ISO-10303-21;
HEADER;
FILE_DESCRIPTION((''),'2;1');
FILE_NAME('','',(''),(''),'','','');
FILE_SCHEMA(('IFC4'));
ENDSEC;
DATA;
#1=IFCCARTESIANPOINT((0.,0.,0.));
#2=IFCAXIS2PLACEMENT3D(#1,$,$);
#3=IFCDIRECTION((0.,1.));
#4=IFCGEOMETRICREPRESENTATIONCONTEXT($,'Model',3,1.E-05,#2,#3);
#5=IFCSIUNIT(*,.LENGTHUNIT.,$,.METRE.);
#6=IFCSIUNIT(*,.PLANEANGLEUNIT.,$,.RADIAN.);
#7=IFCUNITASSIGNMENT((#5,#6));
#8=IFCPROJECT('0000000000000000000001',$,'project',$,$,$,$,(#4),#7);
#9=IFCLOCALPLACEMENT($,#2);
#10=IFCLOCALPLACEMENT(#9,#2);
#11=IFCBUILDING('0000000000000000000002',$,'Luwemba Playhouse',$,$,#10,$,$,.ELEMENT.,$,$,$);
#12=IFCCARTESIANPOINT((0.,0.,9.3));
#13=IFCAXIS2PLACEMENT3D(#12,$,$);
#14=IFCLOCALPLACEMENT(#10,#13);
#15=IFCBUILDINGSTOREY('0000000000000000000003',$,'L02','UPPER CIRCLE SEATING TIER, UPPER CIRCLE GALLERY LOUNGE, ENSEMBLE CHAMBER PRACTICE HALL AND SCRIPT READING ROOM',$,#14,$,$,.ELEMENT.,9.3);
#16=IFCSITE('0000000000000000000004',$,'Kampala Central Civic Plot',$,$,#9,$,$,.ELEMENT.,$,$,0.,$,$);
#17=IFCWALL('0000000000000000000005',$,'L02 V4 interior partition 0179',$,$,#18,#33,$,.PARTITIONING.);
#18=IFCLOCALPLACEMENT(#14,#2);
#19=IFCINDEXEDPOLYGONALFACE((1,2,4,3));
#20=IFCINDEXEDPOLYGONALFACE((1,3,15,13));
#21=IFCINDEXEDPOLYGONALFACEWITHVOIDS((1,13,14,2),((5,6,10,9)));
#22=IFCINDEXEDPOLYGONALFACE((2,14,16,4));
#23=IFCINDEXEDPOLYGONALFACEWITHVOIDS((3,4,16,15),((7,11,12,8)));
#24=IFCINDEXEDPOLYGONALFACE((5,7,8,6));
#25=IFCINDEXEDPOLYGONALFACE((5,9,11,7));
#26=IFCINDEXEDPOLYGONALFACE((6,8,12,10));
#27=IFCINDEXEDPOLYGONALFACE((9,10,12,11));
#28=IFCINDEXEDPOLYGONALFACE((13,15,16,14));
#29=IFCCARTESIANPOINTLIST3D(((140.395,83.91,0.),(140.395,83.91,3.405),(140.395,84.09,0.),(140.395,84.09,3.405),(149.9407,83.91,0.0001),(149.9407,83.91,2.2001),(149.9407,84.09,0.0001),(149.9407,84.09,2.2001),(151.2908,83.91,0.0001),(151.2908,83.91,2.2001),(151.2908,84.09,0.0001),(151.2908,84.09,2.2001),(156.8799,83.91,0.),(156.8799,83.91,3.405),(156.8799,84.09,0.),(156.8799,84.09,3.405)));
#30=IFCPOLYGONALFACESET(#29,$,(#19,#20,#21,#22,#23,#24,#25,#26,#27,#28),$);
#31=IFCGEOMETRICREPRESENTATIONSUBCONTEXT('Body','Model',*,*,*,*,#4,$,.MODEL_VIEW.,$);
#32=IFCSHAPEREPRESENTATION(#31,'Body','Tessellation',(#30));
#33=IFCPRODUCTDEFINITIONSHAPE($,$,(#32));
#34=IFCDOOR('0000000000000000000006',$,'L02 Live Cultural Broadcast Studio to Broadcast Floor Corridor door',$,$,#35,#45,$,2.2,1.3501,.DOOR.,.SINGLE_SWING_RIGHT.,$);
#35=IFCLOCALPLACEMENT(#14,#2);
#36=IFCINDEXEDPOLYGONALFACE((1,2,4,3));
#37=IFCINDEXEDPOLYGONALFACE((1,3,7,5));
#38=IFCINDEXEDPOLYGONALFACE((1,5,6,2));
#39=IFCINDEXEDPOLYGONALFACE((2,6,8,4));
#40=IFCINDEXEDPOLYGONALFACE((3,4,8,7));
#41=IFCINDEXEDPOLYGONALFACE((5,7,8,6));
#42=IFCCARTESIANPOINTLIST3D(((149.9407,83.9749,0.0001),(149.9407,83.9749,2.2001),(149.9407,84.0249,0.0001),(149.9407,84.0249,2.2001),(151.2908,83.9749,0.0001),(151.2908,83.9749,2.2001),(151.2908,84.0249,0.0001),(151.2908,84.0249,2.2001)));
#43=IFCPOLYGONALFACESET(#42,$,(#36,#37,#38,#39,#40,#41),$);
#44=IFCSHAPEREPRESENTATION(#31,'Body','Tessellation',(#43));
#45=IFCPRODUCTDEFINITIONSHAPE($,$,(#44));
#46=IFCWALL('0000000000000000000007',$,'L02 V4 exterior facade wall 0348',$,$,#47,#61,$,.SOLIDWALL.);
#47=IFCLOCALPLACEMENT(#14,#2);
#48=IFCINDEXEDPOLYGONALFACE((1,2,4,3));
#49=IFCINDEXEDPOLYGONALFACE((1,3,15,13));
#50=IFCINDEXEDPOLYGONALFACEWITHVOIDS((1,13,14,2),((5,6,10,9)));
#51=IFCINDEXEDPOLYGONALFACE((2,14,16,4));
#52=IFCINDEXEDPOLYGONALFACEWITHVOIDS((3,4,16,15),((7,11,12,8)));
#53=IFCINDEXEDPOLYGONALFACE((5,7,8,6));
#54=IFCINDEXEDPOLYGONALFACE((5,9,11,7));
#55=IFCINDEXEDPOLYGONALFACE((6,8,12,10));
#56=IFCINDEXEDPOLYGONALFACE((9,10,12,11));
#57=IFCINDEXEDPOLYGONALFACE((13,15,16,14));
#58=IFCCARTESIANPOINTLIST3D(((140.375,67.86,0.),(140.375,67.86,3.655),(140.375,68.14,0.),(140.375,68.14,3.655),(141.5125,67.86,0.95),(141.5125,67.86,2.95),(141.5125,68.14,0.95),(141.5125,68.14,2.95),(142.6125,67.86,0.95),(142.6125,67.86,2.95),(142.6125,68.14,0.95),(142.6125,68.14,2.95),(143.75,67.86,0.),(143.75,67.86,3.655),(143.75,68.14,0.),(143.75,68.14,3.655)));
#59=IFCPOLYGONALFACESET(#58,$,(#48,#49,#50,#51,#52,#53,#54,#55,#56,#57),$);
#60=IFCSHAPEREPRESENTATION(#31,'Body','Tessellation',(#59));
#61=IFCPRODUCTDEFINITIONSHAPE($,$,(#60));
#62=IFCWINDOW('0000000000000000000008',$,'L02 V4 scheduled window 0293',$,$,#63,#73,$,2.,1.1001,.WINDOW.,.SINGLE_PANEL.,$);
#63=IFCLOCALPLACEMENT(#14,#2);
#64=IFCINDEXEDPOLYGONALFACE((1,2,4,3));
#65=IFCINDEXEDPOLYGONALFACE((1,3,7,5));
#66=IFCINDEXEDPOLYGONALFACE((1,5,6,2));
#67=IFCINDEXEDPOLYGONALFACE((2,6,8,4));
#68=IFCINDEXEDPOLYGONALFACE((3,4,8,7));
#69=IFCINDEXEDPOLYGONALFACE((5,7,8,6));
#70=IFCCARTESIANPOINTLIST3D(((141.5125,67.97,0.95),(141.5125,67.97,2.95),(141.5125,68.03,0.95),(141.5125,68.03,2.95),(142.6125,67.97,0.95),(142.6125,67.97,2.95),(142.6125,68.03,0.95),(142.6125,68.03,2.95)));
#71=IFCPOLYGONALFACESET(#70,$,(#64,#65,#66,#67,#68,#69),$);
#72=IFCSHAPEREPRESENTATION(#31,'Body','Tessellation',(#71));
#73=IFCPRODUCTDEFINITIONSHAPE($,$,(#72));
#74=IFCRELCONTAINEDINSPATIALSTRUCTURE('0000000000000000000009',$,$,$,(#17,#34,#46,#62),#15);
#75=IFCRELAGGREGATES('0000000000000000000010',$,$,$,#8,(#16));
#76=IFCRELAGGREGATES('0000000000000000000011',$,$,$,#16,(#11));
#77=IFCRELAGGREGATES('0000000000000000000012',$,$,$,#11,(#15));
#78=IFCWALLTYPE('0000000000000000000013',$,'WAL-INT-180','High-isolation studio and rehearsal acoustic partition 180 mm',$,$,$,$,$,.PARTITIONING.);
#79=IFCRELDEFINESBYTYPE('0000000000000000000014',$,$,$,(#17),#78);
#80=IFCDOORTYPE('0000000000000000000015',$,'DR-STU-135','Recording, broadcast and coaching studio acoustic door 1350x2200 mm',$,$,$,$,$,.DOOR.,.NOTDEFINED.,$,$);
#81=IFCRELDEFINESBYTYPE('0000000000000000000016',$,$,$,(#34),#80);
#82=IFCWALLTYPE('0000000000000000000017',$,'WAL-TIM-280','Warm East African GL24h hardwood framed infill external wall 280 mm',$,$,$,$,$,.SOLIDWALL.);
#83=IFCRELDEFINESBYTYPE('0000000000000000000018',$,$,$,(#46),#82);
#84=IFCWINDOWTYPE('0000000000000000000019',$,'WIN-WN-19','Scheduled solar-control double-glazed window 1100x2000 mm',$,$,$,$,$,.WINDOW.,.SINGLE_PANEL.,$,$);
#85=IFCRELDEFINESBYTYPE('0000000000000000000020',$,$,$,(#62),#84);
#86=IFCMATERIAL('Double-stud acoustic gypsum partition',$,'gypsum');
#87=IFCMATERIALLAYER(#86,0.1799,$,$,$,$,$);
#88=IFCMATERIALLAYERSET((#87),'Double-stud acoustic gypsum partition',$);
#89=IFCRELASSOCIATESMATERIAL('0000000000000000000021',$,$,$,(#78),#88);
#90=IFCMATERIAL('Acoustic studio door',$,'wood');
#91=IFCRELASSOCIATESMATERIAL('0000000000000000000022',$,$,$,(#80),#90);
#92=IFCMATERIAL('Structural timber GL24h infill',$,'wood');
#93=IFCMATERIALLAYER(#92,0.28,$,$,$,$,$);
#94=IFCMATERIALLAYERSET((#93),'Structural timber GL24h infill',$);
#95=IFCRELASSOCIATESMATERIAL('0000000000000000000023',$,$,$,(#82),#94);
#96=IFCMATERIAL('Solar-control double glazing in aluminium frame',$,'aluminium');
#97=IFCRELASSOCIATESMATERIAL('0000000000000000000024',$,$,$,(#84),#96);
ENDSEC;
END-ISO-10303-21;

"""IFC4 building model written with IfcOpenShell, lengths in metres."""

from ifc_helpers import new_model, si_unit, direction, frame, frame_2d, origin, place, context, subcontext, project, spatial, rectangle, extrude, material, layer, layer_set, type_object, element, fill, save


model = new_model("IFC4")

# Units and contexts
model_context = context("Model", 3, precision=1e-05, world=origin(), true_north=direction((0.0, 1.0)))
body_context = subcontext(model_context, "Body", "Model", "MODEL_VIEW")
ifc_project = project(units=[si_unit("LENGTHUNIT", "METRE"), si_unit("PLANEANGLEUNIT", "RADIAN")], contexts=[model_context])

# Site, building, storey
site_placement = place(None, origin())
site = spatial("IfcSite", under=ifc_project, at=site_placement, Name="Kampala Central Civic Plot", CompositionType="ELEMENT", RefElevation=0.0)
building_placement = place(site_placement, origin())
building = spatial("IfcBuilding", under=site, at=building_placement, Name="Luwemba Playhouse", CompositionType="ELEMENT")
storey_placement = place(building_placement, frame((0.0, 0.0, 9.3)))
storey = spatial("IfcBuildingStorey", under=building, at=storey_placement, Name="L02", Description="UPPER CIRCLE SEATING TIER, UPPER CIRCLE GALLERY LOUNGE, ENSEMBLE CHAMBER PRACTICE HALL AND SCRIPT READING ROOM", CompositionType="ELEMENT", Elevation=9.3)

# Shared definitions
ifc_material_1 = material(Name="Solar-control double glazing in aluminium frame", Category="aluminium")

# Wall, opening, door
ifc_material_2 = material(Name="Double-stud acoustic gypsum partition", Category="gypsum")
ifc_layer_1 = layer(ifc_material_2, 0.1799)
ifc_layer_set_1 = layer_set([ifc_layer_1], Name="Double-stud acoustic gypsum partition")
wall_type_1 = type_object("IfcWallType", Name="WAL-INT-180", Description="High-isolation studio and rehearsal acoustic partition 180 mm", PredefinedType="PARTITIONING", material=ifc_layer_set_1)
ifc_material_3 = material(Name="Acoustic studio door", Category="wood")
door_type = type_object("IfcDoorType", Name="DR-STU-135", Description="Recording, broadcast and coaching studio acoustic door 1350x2200 mm", OperationType="NOTDEFINED", PredefinedType="DOOR", material=ifc_material_3)
wall_1_placement = place(storey_placement, frame((140.395, 84.0, 0.0), z_axis=(0.0, 0.0, 1.0), x_axis=(1.0, 0.0, 0.0)))
wall_1 = element("IfcWall", 1, at=wall_1_placement, inside=storey, type_object=wall_type_1, Name="L02 V4 interior partition 0179", PredefinedType="PARTITIONING", context=body_context, shape_type="SweptSolid", body=[
    extrude(rectangle(XDim=16.4849, YDim=0.1799, at=frame_2d((8.2424, 0.0))), origin(), (0.0, 0.0, 1.0), 3.405),
])
opening_1_placement = place(wall_1_placement, frame((9.5457, 0.0, 0.0)))
opening_1 = element("IfcOpeningElement", 2, at=opening_1_placement, cuts=wall_1, PredefinedType="OPENING", context=body_context, shape_type="SweptSolid", body=[
    extrude(rectangle(XDim=1.3501, YDim=2.2, at=frame_2d((0.675, 1.1001))), frame((0.0, 0.0999, 0.0), z_axis=(0.0, -1.0, 0.0), x_axis=(1.0, 0.0, 0.0)), (0.0, 0.0, 1.0), 0.2),
])
door_1_placement = place(opening_1_placement, origin())
door_1 = element("IfcDoor", 3, at=door_1_placement, inside=storey, type_object=door_type, Name="L02 Live Cultural Broadcast Studio to Broadcast Floor Corridor door", OperationType="SINGLE_SWING_RIGHT", OverallHeight=2.2, OverallWidth=1.3501, PredefinedType="DOOR", context=body_context, shape_type="SweptSolid", body=[
    extrude(rectangle(XDim=1.3501, YDim=2.2, at=frame_2d((0.675, 1.1001))), frame((0.0, 0.0249, 0.0), z_axis=(0.0, -1.0, 0.0), x_axis=(1.0, 0.0, 0.0)), (0.0, 0.0, 1.0), 0.05),
])
fill(opening_1, door_1)

# Wall, opening, window
ifc_material_4 = material(Name="Structural timber GL24h infill", Category="wood")
ifc_layer_2 = layer(ifc_material_4, 0.28)
ifc_layer_set_2 = layer_set([ifc_layer_2], Name="Structural timber GL24h infill")
wall_type_2 = type_object("IfcWallType", Name="WAL-TIM-280", Description="Warm East African GL24h hardwood framed infill external wall 280 mm", PredefinedType="SOLIDWALL", material=ifc_layer_set_2)
wall_2_placement = place(storey_placement, frame((143.75, 68.0, 0.0), z_axis=(0.0, 0.0, 1.0), x_axis=(-1.0, 0.0, 0.0)))
wall_2 = element("IfcWall", 4, at=wall_2_placement, inside=storey, type_object=wall_type_2, Name="L02 V4 exterior facade wall 0348", PredefinedType="SOLIDWALL", context=body_context, shape_type="SweptSolid", body=[
    extrude(rectangle(XDim=3.375, YDim=0.28, at=frame_2d((1.6875, 0.0))), origin(), (0.0, 0.0, 1.0), 3.655),
])
opening_2_placement = place(wall_2_placement, frame((1.1375, 0.0, 0.95)))
opening_2 = element("IfcOpeningElement", 5, at=opening_2_placement, cuts=wall_2, PredefinedType="OPENING", context=body_context, shape_type="SweptSolid", body=[
    extrude(rectangle(XDim=1.1001, YDim=2.0, at=frame_2d((0.55, 1.0))), frame((0.0, 0.1499, 0.0), z_axis=(0.0, -1.0, 0.0), x_axis=(1.0, 0.0, 0.0)), (0.0, 0.0, 1.0), 0.3),
])
window_type_1 = type_object("IfcWindowType", Name="WIN-WN-19", Description="Scheduled solar-control double-glazed window 1100x2000 mm", PartitioningType="SINGLE_PANEL", PredefinedType="WINDOW", material=ifc_material_1)
window_1_placement = place(opening_2_placement, origin())
window_1 = element("IfcWindow", 6, at=window_1_placement, inside=storey, type_object=window_type_1, Name="L02 V4 scheduled window 0293", OverallHeight=2.0, OverallWidth=1.1001, PartitioningType="SINGLE_PANEL", PredefinedType="WINDOW", context=body_context, shape_type="SweptSolid", body=[
    extrude(rectangle(XDim=1.1001, YDim=2.0, at=frame_2d((0.55, 1.0))), frame((0.0, 0.03, 0.0), z_axis=(0.0, -1.0, 0.0), x_axis=(1.0, 0.0, 0.0)), (0.0, 0.0, 1.0), 0.0601),
])
fill(opening_2, window_1)

save(model, "model.ifc")
